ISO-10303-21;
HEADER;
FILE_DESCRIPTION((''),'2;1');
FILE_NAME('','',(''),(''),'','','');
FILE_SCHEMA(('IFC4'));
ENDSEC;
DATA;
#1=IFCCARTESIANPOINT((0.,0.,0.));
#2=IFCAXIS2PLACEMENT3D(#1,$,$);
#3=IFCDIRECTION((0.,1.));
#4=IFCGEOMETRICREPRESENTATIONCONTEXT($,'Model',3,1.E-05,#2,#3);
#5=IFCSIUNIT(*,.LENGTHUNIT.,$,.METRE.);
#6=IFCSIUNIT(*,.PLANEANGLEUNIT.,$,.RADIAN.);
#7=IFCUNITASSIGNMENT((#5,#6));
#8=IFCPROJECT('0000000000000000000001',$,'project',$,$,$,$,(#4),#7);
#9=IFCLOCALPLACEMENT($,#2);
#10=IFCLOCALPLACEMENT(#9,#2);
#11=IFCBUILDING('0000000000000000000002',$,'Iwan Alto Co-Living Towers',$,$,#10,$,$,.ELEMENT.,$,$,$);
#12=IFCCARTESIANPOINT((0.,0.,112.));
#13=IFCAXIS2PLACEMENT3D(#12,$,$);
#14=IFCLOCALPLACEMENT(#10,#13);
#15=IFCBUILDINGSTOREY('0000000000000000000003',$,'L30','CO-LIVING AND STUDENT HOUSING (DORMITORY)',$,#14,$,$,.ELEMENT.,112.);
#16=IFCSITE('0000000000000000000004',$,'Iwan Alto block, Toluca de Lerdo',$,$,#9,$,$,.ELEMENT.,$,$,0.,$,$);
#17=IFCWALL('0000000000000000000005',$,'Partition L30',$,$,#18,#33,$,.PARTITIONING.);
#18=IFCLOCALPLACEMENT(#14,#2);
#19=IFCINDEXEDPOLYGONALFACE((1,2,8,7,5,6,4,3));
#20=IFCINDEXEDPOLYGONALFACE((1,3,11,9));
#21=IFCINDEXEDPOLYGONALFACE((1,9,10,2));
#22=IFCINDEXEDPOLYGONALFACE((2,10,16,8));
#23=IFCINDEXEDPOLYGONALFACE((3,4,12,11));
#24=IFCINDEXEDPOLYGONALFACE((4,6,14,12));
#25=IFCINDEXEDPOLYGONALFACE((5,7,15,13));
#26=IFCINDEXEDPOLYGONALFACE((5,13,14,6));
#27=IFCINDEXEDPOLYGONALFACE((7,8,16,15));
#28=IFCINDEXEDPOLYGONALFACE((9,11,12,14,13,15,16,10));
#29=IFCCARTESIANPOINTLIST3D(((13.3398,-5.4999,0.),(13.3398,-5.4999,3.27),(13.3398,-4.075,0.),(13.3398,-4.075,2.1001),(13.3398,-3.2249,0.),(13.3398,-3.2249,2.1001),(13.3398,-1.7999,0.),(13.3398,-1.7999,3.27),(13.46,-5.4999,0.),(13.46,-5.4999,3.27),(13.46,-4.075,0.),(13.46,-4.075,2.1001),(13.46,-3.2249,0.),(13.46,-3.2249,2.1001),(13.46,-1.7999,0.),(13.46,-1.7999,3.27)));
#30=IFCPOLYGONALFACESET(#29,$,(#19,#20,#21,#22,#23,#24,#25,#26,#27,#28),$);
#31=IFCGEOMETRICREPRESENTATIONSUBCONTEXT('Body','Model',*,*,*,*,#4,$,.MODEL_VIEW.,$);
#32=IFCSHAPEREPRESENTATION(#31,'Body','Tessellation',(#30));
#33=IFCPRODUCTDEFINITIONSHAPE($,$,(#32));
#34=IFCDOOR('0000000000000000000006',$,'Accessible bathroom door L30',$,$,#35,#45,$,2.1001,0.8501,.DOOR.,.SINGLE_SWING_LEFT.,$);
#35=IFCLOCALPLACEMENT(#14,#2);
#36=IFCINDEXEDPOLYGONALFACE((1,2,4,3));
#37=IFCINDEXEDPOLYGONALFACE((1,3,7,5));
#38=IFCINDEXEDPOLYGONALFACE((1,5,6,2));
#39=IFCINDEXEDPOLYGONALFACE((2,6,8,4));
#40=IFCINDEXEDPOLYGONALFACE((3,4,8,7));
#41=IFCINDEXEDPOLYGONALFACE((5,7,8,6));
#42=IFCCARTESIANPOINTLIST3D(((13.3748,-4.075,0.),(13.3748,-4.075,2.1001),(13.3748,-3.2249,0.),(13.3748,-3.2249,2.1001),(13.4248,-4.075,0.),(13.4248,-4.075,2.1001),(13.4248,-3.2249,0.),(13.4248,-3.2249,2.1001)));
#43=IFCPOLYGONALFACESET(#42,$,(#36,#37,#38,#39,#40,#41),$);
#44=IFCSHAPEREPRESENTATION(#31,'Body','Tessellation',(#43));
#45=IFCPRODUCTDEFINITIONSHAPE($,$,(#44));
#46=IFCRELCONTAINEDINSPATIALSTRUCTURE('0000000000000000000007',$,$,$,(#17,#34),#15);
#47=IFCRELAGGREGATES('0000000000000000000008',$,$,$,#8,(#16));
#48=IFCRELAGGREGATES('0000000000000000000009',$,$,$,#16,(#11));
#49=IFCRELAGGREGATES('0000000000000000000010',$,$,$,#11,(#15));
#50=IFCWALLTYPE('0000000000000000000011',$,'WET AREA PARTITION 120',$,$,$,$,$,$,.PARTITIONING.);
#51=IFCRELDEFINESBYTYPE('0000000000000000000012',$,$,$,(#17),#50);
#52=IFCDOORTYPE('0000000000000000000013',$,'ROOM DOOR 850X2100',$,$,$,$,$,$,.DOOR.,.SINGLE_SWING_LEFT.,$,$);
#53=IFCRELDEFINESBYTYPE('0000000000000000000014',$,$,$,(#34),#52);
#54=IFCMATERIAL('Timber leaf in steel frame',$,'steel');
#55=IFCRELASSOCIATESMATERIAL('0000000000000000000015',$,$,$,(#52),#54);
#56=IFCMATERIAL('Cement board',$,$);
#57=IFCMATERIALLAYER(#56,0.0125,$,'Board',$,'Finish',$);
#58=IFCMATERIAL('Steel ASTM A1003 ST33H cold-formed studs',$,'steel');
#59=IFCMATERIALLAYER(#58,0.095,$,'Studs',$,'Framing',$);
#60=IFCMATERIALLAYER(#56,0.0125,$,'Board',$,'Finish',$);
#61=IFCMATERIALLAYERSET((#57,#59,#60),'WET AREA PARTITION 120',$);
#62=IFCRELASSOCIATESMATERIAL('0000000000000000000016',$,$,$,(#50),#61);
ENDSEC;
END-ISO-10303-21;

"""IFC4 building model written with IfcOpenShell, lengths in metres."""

from ifc_helpers import new_model, si_unit, direction, frame, frame_2d, origin, place, context, subcontext, project, spatial, rectangle, extrude, material, layer, layer_set, type_object, element, fill, save


model = new_model("IFC4")

# Units and contexts
model_context = context("Model", 3, precision=1e-05, world=origin(), true_north=direction((0.0, 1.0)))
body_context = subcontext(model_context, "Body", "Model", "MODEL_VIEW")
ifc_project = project(units=[si_unit("LENGTHUNIT", "METRE"), si_unit("PLANEANGLEUNIT", "RADIAN")], contexts=[model_context])

# Site, building, storey
site_placement = place(None, origin())
site = spatial("IfcSite", under=ifc_project, at=site_placement, Name="Iwan Alto block, Toluca de Lerdo", CompositionType="ELEMENT", RefElevation=0.0)
building_placement = place(site_placement, origin())
building = spatial("IfcBuilding", under=site, at=building_placement, Name="Iwan Alto Co-Living Towers", CompositionType="ELEMENT")
storey_placement = place(building_placement, frame((0.0, 0.0, 112.0)))
storey = spatial("IfcBuildingStorey", under=building, at=storey_placement, Name="L30", Description="CO-LIVING AND STUDENT HOUSING (DORMITORY)", CompositionType="ELEMENT", Elevation=112.0)

# Shared definitions
ifc_material_1 = material(Name="Steel ASTM A1003 ST33H cold-formed studs", Category="steel")

# Shared definitions
ifc_material_2 = material(Name="Timber leaf in steel frame", Category="steel")
door_type_1 = type_object("IfcDoorType", Name="ROOM DOOR 850X2100", OperationType="SINGLE_SWING_LEFT", PredefinedType="DOOR", material=ifc_material_2)

# Shared definitions
ifc_material_3 = material(Name="Cement board")
ifc_layer_1 = layer(ifc_material_3, 0.0125, Name="Board", Category="Finish")
ifc_layer_2 = layer(ifc_material_1, 0.095, Name="Studs", Category="Framing")
ifc_layer_3 = layer(ifc_material_3, 0.0125, Name="Board", Category="Finish")
ifc_layer_set_1 = layer_set([ifc_layer_1, ifc_layer_2, ifc_layer_3], Name="WET AREA PARTITION 120")
wall_type_1 = type_object("IfcWallType", Name="WET AREA PARTITION 120", PredefinedType="PARTITIONING", material=ifc_layer_set_1)

# Wall, opening, door
wall_1_placement = place(storey_placement, frame((13.3999, -5.5, 0.0), z_axis=(0.0, 0.0, 1.0), x_axis=(0.0, 1.0, 0.0)))
wall_1 = element("IfcWall", 1, at=wall_1_placement, inside=storey, type_object=wall_type_1, Name="Partition L30", PredefinedType="PARTITIONING", context=body_context, shape_type="SweptSolid", body=[
    extrude(rectangle(XDim=3.7, YDim=0.1201, at=frame_2d((1.8501, 0.0))), origin(), (0.0, 0.0, 1.0), 3.27),
])
opening_1_placement = place(wall_1_placement, frame((1.425, 0.0, 0.0)))
opening_1 = element("IfcOpeningElement", 2, at=opening_1_placement, cuts=wall_1, PredefinedType="OPENING", context=body_context, shape_type="SweptSolid", body=[
    extrude(rectangle(XDim=0.8501, YDim=2.1001, at=frame_2d((0.425, 1.05))), frame((0.0, 0.0701, 0.0), z_axis=(0.0, -1.0, 0.0), x_axis=(1.0, 0.0, 0.0)), (0.0, 0.0, 1.0), 0.1401),
])
door_1_placement = place(opening_1_placement, frame((0.8501, 0.0, 0.0), z_axis=(0.0, 0.0, 1.0), x_axis=(-1.0, 0.0, 0.0)))
door_1 = element("IfcDoor", 3, at=door_1_placement, inside=storey, type_object=door_type_1, Name="Accessible bathroom door L30", OperationType="SINGLE_SWING_LEFT", OverallHeight=2.1001, OverallWidth=0.8501, PredefinedType="DOOR", context=body_context, shape_type="SweptSolid", body=[
    extrude(rectangle(XDim=0.8501, YDim=2.1001, at=frame_2d((0.425, 1.05))), frame((0.0, 0.0249, 0.0), z_axis=(0.0, -1.0, 0.0), x_axis=(1.0, 0.0, 0.0)), (0.0, 0.0, 1.0), 0.05),
])
fill(opening_1, door_1)

save(model, "model.ifc")
